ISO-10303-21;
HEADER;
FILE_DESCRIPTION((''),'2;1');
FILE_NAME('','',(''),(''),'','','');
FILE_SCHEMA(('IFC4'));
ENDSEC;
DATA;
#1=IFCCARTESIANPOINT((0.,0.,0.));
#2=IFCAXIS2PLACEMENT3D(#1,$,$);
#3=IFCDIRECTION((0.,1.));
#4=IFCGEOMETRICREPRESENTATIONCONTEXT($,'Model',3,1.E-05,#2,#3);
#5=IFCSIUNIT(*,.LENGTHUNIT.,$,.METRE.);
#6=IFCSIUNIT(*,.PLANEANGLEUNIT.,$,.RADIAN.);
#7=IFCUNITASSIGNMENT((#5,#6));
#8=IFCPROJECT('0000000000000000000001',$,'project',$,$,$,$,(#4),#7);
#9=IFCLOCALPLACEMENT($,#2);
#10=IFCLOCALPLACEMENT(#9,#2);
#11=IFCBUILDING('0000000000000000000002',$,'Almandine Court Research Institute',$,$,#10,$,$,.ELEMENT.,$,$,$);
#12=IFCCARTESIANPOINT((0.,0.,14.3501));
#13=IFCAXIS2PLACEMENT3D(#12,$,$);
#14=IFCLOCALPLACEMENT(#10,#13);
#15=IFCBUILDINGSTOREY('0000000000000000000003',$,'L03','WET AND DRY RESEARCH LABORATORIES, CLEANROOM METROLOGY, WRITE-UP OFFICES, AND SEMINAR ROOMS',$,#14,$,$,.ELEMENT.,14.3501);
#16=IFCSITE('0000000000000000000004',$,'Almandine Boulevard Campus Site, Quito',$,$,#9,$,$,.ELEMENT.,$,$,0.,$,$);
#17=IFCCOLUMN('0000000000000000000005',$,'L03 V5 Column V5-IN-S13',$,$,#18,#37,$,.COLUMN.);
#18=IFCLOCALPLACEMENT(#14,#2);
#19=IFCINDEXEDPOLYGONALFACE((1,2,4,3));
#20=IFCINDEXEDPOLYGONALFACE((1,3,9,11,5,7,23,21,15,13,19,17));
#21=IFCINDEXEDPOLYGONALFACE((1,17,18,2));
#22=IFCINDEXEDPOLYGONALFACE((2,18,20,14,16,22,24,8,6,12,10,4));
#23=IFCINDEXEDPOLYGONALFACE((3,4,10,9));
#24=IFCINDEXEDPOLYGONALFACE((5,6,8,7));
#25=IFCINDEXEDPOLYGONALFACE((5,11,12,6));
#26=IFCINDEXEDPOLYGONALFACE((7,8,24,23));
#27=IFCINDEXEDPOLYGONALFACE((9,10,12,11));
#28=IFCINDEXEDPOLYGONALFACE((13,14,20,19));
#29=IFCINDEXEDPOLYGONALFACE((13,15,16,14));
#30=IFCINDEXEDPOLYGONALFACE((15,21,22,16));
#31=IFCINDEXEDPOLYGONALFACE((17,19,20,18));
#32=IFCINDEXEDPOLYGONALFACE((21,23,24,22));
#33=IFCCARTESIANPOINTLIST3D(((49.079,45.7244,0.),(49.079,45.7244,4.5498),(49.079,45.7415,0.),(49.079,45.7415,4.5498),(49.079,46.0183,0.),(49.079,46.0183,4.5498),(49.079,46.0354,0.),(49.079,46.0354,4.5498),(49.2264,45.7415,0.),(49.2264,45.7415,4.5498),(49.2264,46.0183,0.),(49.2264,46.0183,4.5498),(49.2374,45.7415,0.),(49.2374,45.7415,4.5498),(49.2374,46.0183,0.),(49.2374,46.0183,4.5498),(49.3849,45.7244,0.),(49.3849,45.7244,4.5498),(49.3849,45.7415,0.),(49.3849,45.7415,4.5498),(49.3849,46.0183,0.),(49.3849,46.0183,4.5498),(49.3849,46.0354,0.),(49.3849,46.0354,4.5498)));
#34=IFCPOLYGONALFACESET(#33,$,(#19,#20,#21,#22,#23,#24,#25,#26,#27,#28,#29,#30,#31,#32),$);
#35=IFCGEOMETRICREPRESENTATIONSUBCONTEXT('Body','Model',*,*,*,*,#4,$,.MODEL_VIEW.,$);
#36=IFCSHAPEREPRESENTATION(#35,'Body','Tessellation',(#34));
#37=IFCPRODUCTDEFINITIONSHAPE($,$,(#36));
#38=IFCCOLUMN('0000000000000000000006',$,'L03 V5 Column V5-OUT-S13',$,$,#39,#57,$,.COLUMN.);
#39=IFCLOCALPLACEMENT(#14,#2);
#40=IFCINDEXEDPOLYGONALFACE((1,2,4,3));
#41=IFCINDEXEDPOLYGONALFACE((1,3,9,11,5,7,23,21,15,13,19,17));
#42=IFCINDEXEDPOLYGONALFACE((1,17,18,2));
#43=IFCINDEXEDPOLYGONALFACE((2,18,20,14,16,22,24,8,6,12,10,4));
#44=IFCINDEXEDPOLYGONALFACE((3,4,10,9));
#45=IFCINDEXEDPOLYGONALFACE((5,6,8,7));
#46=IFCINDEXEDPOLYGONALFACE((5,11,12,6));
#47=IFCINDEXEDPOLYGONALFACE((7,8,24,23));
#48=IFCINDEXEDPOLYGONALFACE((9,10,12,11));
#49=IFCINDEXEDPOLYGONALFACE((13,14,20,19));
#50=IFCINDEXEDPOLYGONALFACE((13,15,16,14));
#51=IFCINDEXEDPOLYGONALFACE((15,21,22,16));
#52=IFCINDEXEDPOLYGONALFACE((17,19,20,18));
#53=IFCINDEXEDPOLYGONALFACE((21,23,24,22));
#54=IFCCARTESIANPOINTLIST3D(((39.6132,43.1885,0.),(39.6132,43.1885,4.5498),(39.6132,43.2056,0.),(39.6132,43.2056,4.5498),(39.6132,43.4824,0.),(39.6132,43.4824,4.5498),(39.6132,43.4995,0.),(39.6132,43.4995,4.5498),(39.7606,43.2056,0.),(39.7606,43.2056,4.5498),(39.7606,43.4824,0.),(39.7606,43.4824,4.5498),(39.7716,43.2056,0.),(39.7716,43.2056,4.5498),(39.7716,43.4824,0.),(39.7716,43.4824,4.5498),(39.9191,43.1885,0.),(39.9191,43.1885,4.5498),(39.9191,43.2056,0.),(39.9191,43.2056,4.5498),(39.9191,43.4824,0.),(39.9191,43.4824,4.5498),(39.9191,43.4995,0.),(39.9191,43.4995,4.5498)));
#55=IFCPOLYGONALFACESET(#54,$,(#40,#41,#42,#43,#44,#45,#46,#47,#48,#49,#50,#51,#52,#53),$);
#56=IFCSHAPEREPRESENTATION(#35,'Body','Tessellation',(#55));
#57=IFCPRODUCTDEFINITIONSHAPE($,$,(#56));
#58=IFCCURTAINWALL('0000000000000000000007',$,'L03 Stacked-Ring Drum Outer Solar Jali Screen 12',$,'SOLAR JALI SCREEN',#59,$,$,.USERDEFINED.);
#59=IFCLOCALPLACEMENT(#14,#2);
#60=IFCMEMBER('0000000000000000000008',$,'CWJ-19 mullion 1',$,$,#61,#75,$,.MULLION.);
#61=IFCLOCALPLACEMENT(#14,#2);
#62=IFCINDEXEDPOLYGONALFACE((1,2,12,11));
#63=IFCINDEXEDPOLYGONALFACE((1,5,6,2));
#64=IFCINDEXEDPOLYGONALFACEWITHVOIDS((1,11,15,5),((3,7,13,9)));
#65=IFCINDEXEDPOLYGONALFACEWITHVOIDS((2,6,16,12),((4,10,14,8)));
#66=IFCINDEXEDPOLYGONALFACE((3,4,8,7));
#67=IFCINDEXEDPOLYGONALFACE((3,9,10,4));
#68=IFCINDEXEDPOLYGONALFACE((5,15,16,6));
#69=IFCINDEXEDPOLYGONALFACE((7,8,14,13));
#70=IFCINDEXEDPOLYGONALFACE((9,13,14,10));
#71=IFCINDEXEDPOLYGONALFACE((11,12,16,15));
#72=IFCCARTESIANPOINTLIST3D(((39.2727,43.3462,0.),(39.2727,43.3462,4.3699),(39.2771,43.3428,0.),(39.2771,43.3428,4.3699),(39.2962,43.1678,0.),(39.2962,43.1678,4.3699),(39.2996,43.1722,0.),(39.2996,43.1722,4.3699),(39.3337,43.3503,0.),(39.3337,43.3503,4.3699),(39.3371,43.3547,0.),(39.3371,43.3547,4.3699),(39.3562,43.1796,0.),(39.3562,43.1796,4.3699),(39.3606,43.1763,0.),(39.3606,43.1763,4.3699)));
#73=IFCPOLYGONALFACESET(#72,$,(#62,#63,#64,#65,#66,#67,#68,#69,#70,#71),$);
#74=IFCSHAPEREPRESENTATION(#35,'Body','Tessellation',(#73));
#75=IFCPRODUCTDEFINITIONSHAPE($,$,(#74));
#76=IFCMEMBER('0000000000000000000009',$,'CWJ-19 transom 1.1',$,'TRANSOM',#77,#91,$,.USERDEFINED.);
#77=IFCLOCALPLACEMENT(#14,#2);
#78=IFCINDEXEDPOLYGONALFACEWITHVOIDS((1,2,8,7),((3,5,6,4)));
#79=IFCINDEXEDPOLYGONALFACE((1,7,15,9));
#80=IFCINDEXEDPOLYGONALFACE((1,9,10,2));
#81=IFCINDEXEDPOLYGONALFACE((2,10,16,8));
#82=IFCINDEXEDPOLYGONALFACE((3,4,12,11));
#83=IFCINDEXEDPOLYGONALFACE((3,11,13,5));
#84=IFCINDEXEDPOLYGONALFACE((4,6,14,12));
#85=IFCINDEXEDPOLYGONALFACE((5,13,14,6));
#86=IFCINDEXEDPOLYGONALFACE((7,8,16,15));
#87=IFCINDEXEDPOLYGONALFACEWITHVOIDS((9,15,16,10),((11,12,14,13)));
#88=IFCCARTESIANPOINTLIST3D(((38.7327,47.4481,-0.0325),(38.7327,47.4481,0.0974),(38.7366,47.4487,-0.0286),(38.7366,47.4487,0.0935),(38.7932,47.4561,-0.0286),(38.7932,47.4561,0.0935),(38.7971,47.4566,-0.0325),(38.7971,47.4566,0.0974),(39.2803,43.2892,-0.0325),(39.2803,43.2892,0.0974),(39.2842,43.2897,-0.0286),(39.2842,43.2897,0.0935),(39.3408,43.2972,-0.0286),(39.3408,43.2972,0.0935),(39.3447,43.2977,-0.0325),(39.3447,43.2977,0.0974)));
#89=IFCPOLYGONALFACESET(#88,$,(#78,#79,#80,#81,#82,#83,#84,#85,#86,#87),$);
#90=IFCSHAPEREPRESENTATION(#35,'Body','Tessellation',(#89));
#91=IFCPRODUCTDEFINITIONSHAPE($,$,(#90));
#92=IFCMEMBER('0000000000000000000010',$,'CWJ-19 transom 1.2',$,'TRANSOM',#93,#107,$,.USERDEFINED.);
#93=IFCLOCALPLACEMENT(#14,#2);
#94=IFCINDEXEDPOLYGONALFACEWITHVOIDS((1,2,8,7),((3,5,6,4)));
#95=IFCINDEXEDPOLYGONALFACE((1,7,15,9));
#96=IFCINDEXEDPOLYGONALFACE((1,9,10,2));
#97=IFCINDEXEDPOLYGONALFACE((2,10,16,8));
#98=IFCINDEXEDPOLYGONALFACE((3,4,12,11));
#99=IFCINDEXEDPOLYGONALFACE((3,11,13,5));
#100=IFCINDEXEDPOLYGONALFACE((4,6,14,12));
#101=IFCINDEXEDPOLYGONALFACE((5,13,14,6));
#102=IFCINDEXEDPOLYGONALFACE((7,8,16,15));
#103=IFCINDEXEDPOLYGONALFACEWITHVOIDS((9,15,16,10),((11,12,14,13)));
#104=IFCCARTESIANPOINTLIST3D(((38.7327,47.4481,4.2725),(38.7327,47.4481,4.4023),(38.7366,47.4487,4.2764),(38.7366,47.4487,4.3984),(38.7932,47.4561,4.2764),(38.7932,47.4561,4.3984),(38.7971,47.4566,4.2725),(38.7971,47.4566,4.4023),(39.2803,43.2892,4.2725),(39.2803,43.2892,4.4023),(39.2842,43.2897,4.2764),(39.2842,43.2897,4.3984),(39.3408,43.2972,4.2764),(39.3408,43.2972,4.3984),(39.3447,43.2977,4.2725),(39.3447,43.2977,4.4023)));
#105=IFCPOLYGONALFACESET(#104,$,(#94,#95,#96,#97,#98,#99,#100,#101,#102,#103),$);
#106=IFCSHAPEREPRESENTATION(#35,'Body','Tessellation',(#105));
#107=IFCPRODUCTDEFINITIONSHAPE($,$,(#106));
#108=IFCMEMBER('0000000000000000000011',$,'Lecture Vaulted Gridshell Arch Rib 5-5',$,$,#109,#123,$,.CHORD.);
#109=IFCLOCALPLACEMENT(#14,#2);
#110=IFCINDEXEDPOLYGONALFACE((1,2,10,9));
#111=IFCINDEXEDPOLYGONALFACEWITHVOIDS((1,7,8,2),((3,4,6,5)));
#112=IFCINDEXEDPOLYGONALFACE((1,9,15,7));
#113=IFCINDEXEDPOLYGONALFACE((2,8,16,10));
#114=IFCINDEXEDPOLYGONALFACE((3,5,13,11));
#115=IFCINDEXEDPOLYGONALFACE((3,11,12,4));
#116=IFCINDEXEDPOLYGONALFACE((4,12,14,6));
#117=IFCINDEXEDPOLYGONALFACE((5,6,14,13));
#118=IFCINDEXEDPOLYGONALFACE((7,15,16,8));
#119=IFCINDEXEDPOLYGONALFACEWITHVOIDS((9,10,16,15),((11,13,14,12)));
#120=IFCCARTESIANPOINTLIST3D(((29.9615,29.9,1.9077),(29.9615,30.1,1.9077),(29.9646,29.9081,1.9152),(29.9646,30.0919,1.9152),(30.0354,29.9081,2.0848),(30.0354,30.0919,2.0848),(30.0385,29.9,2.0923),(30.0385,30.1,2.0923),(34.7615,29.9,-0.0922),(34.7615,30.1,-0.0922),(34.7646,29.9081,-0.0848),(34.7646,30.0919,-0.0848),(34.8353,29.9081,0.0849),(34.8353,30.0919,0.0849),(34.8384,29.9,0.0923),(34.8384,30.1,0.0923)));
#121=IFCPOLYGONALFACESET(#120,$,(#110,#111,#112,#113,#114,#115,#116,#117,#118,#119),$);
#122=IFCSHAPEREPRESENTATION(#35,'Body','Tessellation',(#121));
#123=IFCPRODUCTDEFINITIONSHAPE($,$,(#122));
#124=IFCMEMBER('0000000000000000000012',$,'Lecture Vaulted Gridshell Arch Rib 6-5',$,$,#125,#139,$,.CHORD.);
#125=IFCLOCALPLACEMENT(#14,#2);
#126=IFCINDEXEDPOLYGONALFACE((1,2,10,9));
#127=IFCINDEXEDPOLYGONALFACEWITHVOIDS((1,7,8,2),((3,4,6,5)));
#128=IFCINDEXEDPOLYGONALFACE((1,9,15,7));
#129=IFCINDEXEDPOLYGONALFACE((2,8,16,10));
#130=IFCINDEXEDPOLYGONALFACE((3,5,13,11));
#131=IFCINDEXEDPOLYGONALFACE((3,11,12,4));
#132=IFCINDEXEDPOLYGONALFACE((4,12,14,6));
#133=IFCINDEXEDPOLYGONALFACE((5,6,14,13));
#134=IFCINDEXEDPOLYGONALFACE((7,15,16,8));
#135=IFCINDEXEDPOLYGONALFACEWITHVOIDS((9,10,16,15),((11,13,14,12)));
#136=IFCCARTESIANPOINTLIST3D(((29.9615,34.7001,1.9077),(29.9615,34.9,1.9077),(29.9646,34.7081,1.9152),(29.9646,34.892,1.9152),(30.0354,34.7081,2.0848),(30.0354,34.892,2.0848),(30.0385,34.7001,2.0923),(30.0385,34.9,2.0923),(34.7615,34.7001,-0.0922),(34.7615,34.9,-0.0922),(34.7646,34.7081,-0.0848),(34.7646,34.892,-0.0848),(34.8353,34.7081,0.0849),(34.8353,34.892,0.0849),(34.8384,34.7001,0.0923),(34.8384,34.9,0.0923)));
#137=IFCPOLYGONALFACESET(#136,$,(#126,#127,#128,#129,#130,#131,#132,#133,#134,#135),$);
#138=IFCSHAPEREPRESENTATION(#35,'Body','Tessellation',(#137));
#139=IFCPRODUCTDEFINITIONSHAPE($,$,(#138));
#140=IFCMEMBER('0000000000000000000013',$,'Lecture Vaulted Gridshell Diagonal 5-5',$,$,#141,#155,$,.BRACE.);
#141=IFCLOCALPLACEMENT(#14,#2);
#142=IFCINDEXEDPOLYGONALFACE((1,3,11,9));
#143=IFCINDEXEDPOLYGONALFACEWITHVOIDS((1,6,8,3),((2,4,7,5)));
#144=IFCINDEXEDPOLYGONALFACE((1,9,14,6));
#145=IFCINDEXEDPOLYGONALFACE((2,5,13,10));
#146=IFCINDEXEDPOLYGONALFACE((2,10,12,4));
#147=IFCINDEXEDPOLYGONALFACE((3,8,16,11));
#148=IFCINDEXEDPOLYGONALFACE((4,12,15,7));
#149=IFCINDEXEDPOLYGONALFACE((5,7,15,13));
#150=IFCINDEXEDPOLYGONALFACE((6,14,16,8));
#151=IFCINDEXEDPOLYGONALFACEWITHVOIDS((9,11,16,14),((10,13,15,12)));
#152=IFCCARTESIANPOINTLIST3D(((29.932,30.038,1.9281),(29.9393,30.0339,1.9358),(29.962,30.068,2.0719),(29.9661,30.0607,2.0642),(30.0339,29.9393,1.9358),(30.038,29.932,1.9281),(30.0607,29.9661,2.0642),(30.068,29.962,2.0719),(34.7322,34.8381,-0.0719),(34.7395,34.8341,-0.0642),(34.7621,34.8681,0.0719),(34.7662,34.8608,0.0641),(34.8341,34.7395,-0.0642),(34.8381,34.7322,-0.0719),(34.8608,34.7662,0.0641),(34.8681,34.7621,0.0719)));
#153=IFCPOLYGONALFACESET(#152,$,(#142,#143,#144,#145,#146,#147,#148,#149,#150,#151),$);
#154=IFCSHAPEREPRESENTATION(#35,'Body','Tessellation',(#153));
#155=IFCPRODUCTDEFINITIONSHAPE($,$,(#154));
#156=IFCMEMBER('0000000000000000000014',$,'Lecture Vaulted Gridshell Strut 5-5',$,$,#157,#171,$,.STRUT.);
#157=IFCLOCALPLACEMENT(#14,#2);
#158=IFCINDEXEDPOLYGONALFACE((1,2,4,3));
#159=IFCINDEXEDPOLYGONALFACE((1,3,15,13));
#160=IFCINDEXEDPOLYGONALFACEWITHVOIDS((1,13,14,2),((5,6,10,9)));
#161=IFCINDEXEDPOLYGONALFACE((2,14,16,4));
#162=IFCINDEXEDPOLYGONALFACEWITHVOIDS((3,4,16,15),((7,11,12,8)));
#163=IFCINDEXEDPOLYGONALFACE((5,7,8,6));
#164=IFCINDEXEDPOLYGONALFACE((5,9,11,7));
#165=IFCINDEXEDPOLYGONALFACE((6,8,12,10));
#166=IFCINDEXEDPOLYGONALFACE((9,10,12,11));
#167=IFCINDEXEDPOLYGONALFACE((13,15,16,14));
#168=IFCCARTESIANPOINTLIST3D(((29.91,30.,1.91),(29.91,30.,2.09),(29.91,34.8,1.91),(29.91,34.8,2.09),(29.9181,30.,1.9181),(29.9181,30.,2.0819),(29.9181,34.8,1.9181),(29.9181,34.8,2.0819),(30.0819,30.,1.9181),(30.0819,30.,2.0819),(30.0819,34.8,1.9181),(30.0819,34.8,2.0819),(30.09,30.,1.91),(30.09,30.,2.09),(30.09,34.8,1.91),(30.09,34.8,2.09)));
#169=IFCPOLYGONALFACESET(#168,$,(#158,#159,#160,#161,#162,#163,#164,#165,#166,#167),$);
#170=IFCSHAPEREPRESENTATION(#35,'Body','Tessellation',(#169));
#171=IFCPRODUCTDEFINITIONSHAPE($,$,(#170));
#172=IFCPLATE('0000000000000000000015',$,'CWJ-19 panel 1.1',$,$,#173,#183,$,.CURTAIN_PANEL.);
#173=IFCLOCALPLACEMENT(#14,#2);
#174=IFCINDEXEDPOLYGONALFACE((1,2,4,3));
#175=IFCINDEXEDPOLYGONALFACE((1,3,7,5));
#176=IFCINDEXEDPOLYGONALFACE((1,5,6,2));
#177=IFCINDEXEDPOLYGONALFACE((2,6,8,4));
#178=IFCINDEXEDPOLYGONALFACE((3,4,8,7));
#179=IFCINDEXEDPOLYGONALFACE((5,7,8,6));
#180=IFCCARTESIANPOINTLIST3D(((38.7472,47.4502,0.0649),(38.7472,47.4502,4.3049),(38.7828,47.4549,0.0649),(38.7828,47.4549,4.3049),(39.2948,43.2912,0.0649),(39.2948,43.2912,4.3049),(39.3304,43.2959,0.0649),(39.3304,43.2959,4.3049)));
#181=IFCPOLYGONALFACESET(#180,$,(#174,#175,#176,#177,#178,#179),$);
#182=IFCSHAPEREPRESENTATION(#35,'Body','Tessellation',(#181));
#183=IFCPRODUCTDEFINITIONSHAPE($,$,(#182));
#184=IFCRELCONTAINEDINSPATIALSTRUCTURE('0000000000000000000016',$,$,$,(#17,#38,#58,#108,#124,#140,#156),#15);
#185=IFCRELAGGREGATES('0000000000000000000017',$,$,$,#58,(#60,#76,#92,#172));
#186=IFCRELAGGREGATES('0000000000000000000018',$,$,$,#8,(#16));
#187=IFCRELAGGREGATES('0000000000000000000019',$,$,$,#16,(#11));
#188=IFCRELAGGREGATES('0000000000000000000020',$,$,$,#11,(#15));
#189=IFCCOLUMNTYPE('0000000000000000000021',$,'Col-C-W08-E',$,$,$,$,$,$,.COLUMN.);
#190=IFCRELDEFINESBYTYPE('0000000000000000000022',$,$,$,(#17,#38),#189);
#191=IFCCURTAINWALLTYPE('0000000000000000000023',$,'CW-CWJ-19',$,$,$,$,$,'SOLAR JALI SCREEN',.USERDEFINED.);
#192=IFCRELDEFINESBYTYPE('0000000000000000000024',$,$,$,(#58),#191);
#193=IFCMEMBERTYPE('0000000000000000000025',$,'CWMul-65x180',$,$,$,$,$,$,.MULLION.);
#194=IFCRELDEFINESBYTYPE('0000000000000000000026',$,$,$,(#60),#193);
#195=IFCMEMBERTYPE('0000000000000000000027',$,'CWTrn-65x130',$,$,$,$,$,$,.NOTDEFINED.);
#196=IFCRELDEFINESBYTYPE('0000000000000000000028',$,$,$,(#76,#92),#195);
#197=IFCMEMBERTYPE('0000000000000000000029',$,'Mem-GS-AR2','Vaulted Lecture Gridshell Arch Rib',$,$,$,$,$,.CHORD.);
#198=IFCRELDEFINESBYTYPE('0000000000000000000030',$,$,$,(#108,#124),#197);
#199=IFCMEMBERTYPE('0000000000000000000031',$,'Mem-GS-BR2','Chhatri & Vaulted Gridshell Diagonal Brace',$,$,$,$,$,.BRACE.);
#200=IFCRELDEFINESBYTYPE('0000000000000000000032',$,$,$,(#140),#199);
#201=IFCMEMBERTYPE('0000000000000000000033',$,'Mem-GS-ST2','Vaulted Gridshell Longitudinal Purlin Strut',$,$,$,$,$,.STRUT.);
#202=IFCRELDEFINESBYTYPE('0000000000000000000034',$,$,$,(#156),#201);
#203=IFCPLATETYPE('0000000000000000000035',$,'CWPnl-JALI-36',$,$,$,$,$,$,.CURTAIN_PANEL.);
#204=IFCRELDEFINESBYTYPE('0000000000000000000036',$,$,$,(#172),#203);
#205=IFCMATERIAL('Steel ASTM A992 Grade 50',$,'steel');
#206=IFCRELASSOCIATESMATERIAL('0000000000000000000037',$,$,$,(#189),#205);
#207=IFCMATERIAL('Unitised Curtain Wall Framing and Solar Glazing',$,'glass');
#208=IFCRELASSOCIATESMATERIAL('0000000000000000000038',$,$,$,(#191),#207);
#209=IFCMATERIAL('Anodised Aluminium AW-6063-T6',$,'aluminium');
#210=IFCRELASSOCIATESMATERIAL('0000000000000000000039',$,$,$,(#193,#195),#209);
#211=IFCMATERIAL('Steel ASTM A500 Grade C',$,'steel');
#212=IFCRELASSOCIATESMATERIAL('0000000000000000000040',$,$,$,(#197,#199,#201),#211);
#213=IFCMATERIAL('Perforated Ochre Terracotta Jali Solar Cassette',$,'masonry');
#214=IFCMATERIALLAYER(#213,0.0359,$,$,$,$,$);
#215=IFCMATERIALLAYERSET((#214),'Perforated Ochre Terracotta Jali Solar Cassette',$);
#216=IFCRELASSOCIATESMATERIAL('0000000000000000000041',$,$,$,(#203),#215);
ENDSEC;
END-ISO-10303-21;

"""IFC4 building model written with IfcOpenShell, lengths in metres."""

from ifc_helpers import new_model, si_unit, direction, frame, origin, origin_2d, place, context, subcontext, project, spatial, rectangle, hollow_rectangle, i_section, extrude, material, layer, layer_set, material_profile, profile_set, type_object, element, aggregate, save


model = new_model("IFC4")

# Units and contexts
model_context = context("Model", 3, precision=1e-05, world=origin(), true_north=direction((0.0, 1.0)))
body_context = subcontext(model_context, "Body", "Model", "MODEL_VIEW")
ifc_project = project(units=[si_unit("LENGTHUNIT", "METRE"), si_unit("PLANEANGLEUNIT", "RADIAN")], contexts=[model_context])

# Site, building, storey
site_placement = place(None, origin())
site = spatial("IfcSite", under=ifc_project, at=site_placement, Name="Almandine Boulevard Campus Site, Quito", CompositionType="ELEMENT", RefElevation=0.0)
building_placement = place(site_placement, origin())
building = spatial("IfcBuilding", under=site, at=building_placement, Name="Almandine Court Research Institute", CompositionType="ELEMENT")
storey_placement = place(building_placement, frame((0.0, 0.0, 14.3501)))
storey = spatial("IfcBuildingStorey", under=building, at=storey_placement, Name="L03", Description="WET AND DRY RESEARCH LABORATORIES, CLEANROOM METROLOGY, WRITE-UP OFFICES, AND SEMINAR ROOMS", CompositionType="ELEMENT", Elevation=14.3501)

# Columns
ifc_material_1 = material(Name="Steel ASTM A992 Grade 50", Category="steel")
ifc_material_profile_1 = material_profile(ifc_material_1, i_section(OverallWidth=0.3059, OverallDepth=0.311, WebThickness=0.011, FlangeThickness=0.0171, at=origin_2d()), Name="W310x107")
ifc_profile_set_1 = profile_set([ifc_material_profile_1], Name="Steel ASTM A992 Grade 50")
column_type = type_object("IfcColumnType", Name="Col-C-W08-E", PredefinedType="COLUMN", material=ifc_profile_set_1)
for number, where, z_axis, x_axis, name in (
    (1, (49.2319, 45.8799, 0.0), (0.0, 0.0, 1.0), (1.0, 0.0, 0.0), "L03 V5 Column V5-IN-S13"),
    (2, (39.7661, 43.344, 0.0), (0.0, 0.0, 1.0), (1.0, 0.0, 0.0), "L03 V5 Column V5-OUT-S13"),
):
    element("IfcColumn", number, at=place(storey_placement, frame(where, z_axis=z_axis, x_axis=x_axis)), inside=storey, type_object=column_type, Name=name, PredefinedType="COLUMN", context=body_context, shape_type="SweptSolid", body=[
        extrude(i_section(OverallWidth=0.3059, OverallDepth=0.311, WebThickness=0.011, FlangeThickness=0.0171, at=origin_2d()), origin(), (0.0, 0.0, 1.0), 4.5498),
    ])

# Curtain wall, members
ifc_material_2 = material(Name="Unitised Curtain Wall Framing and Solar Glazing", Category="glass")
curtain_wall_type = type_object("IfcCurtainWallType", Name="CW-CWJ-19", ElementType="SOLAR JALI SCREEN", PredefinedType="USERDEFINED", material=ifc_material_2)
curtain_wall_placement = place(storey_placement, origin())
curtain_wall = element("IfcCurtainWall", 3, at=curtain_wall_placement, inside=storey, type_object=curtain_wall_type, Name="L03 Stacked-Ring Drum Outer Solar Jali Screen 12", ObjectType="SOLAR JALI SCREEN", PredefinedType="USERDEFINED")
ifc_material_3 = material(Name="Anodised Aluminium AW-6063-T6", Category="aluminium")
ifc_material_profile_2 = material_profile(ifc_material_3, hollow_rectangle(XDim=0.0649, YDim=0.1799, WallThickness=0.0039, at=origin_2d()), Name="ALU RHS 65x180x4")
ifc_profile_set_2 = profile_set([ifc_material_profile_2], Name="Anodised Aluminium AW-6063-T6")
member_type_1 = type_object("IfcMemberType", Name="CWMul-65x180", PredefinedType="MULLION", material=ifc_profile_set_2)
member_1_placement = place(storey_placement, frame((39.3167, 43.2612, 0.0), z_axis=(0.0, 0.0, 1.0), x_axis=(-0.991443, -0.130541, 0.0)))
member_1 = element("IfcMember", 4, at=member_1_placement, type_object=member_type_1, Name="CWJ-19 mullion 1", PredefinedType="MULLION", context=body_context, shape_type="SweptSolid", body=[
    extrude(hollow_rectangle(XDim=0.0649, YDim=0.1799, WallThickness=0.0039, at=origin_2d()), origin(), (0.0, 0.0, 1.0), 4.3699),
])
ifc_material_profile_3 = material_profile(ifc_material_3, hollow_rectangle(XDim=0.0649, YDim=0.1299, WallThickness=0.0039, at=origin_2d()), Name="ALU RHS 65x130x4")
ifc_profile_set_3 = profile_set([ifc_material_profile_3], Name="Anodised Aluminium AW-6063-T6")
member_type_2 = type_object("IfcMemberType", Name="CWTrn-65x130", PredefinedType="NOTDEFINED", material=ifc_profile_set_3)
member_2_placement = place(storey_placement, frame((39.3125, 43.2935, 0.0325), z_axis=(-0.130543, 0.991443, 0.0), x_axis=(-0.991443, -0.130543, 0.0)))
member_2 = element("IfcMember", 5, at=member_2_placement, type_object=member_type_2, Name="CWJ-19 transom 1.1", ObjectType="TRANSOM", PredefinedType="USERDEFINED", context=body_context, shape_type="SweptSolid", body=[
    extrude(hollow_rectangle(XDim=0.0649, YDim=0.1299, WallThickness=0.0039, at=origin_2d()), origin(), (0.0, 0.0, 1.0), 4.1948),
])
member_3_placement = place(storey_placement, frame((39.3125, 43.2935, 4.3374), z_axis=(-0.130543, 0.991443, 0.0), x_axis=(-0.991443, -0.130543, 0.0)))
member_3 = element("IfcMember", 6, at=member_3_placement, type_object=member_type_2, Name="CWJ-19 transom 1.2", ObjectType="TRANSOM", PredefinedType="USERDEFINED", context=body_context, shape_type="SweptSolid", body=[
    extrude(hollow_rectangle(XDim=0.0649, YDim=0.1299, WallThickness=0.0039, at=origin_2d()), origin(), (0.0, 0.0, 1.0), 4.1948),
])

# Members
ifc_material_4 = material(Name="Steel ASTM A500 Grade C", Category="steel")
ifc_material_profile_4 = material_profile(ifc_material_4, hollow_rectangle(XDim=0.2, YDim=0.2, WallThickness=0.0081, at=origin_2d()), Name="HSS 200x200x8")
ifc_profile_set_4 = profile_set([ifc_material_profile_4], Name="Steel ASTM A500 Grade C")
member_type_3 = type_object("IfcMemberType", Name="Mem-GS-AR2", Description="Vaulted Lecture Gridshell Arch Rib", PredefinedType="CHORD", material=ifc_profile_set_4)
for number, where, z_axis, x_axis, name in (
    (7, (30.0, 30.0, 2.0), (0.923078, 0.0, -0.384612), (0.0, 1.0, 0.0), "Lecture Vaulted Gridshell Arch Rib 5-5"),
    (8, (30.0, 34.8, 2.0), (0.923078, 0.0, -0.384612), (0.0, 1.0, 0.0), "Lecture Vaulted Gridshell Arch Rib 6-5"),
):
    element("IfcMember", number, at=place(storey_placement, frame(where, z_axis=z_axis, x_axis=x_axis)), inside=storey, type_object=member_type_3, Name=name, PredefinedType="CHORD", context=body_context, shape_type="SweptSolid", body=[
        extrude(hollow_rectangle(XDim=0.2, YDim=0.2, WallThickness=0.0081, at=origin_2d()), origin(), (0.0, 0.0, 1.0), 5.2),
    ])
ifc_material_profile_5 = material_profile(ifc_material_4, hollow_rectangle(XDim=0.1499, YDim=0.1499, WallThickness=0.0081, at=origin_2d()), Name="HSS 150x150x8")
ifc_profile_set_5 = profile_set([ifc_material_profile_5], Name="Steel ASTM A500 Grade C")
member_type_4 = type_object("IfcMemberType", Name="Mem-GS-BR2", Description="Chhatri & Vaulted Gridshell Diagonal Brace", PredefinedType="BRACE", material=ifc_profile_set_5)
member_4_placement = place(storey_placement, frame((30.0, 30.0, 2.0), z_axis=(0.678281, 0.678281, -0.282614), x_axis=(-0.707107, 0.707107, 0.0)))
element("IfcMember", 9, at=member_4_placement, inside=storey, type_object=member_type_4, Name="Lecture Vaulted Gridshell Diagonal 5-5", PredefinedType="BRACE", context=body_context, shape_type="SweptSolid", body=[
    extrude(hollow_rectangle(XDim=0.1499, YDim=0.1499, WallThickness=0.0081, at=origin_2d()), origin(), (0.0, 0.0, 1.0), 7.0769),
])
ifc_material_profile_6 = material_profile(ifc_material_4, hollow_rectangle(XDim=0.1799, YDim=0.1799, WallThickness=0.0081, at=origin_2d()), Name="HSS 180x180x8")
ifc_profile_set_6 = profile_set([ifc_material_profile_6], Name="Steel ASTM A500 Grade C")
member_type_5 = type_object("IfcMemberType", Name="Mem-GS-ST2", Description="Vaulted Gridshell Longitudinal Purlin Strut", PredefinedType="STRUT", material=ifc_profile_set_6)
member_5_placement = place(storey_placement, frame((30.0, 30.0, 2.0), z_axis=(0.0, 1.0, 0.0), x_axis=(-1.0, 0.0, 0.0)))
element("IfcMember", 10, at=member_5_placement, inside=storey, type_object=member_type_5, Name="Lecture Vaulted Gridshell Strut 5-5", PredefinedType="STRUT", context=body_context, shape_type="SweptSolid", body=[
    extrude(hollow_rectangle(XDim=0.1799, YDim=0.1799, WallThickness=0.0081, at=origin_2d()), origin(), (0.0, 0.0, 1.0), 4.8),
])

# Plate
ifc_material_5 = material(Name="Perforated Ochre Terracotta Jali Solar Cassette", Category="masonry")
ifc_layer_1 = layer(ifc_material_5, 0.0359)
ifc_layer_set_1 = layer_set([ifc_layer_1], Name="Perforated Ochre Terracotta Jali Solar Cassette")
plate_type_1 = type_object("IfcPlateType", Name="CWPnl-JALI-36", PredefinedType="CURTAIN_PANEL", material=ifc_layer_set_1)
plate_placement = place(storey_placement, frame((39.0388, 45.373, 0.0649), z_axis=(0.0, 0.0, 1.0), x_axis=(-0.130541, 0.991443, 0.0)))
plate = element("IfcPlate", 11, at=plate_placement, type_object=plate_type_1, Name="CWJ-19 panel 1.1", PredefinedType="CURTAIN_PANEL", context=body_context, shape_type="SweptSolid", body=[
    extrude(rectangle(XDim=4.1948, YDim=0.0359, at=origin_2d()), origin(), (0.0, 0.0, 1.0), 4.24),
])
aggregate(curtain_wall, [member_1, member_2, member_3, plate])

save(model, "model.ifc")
